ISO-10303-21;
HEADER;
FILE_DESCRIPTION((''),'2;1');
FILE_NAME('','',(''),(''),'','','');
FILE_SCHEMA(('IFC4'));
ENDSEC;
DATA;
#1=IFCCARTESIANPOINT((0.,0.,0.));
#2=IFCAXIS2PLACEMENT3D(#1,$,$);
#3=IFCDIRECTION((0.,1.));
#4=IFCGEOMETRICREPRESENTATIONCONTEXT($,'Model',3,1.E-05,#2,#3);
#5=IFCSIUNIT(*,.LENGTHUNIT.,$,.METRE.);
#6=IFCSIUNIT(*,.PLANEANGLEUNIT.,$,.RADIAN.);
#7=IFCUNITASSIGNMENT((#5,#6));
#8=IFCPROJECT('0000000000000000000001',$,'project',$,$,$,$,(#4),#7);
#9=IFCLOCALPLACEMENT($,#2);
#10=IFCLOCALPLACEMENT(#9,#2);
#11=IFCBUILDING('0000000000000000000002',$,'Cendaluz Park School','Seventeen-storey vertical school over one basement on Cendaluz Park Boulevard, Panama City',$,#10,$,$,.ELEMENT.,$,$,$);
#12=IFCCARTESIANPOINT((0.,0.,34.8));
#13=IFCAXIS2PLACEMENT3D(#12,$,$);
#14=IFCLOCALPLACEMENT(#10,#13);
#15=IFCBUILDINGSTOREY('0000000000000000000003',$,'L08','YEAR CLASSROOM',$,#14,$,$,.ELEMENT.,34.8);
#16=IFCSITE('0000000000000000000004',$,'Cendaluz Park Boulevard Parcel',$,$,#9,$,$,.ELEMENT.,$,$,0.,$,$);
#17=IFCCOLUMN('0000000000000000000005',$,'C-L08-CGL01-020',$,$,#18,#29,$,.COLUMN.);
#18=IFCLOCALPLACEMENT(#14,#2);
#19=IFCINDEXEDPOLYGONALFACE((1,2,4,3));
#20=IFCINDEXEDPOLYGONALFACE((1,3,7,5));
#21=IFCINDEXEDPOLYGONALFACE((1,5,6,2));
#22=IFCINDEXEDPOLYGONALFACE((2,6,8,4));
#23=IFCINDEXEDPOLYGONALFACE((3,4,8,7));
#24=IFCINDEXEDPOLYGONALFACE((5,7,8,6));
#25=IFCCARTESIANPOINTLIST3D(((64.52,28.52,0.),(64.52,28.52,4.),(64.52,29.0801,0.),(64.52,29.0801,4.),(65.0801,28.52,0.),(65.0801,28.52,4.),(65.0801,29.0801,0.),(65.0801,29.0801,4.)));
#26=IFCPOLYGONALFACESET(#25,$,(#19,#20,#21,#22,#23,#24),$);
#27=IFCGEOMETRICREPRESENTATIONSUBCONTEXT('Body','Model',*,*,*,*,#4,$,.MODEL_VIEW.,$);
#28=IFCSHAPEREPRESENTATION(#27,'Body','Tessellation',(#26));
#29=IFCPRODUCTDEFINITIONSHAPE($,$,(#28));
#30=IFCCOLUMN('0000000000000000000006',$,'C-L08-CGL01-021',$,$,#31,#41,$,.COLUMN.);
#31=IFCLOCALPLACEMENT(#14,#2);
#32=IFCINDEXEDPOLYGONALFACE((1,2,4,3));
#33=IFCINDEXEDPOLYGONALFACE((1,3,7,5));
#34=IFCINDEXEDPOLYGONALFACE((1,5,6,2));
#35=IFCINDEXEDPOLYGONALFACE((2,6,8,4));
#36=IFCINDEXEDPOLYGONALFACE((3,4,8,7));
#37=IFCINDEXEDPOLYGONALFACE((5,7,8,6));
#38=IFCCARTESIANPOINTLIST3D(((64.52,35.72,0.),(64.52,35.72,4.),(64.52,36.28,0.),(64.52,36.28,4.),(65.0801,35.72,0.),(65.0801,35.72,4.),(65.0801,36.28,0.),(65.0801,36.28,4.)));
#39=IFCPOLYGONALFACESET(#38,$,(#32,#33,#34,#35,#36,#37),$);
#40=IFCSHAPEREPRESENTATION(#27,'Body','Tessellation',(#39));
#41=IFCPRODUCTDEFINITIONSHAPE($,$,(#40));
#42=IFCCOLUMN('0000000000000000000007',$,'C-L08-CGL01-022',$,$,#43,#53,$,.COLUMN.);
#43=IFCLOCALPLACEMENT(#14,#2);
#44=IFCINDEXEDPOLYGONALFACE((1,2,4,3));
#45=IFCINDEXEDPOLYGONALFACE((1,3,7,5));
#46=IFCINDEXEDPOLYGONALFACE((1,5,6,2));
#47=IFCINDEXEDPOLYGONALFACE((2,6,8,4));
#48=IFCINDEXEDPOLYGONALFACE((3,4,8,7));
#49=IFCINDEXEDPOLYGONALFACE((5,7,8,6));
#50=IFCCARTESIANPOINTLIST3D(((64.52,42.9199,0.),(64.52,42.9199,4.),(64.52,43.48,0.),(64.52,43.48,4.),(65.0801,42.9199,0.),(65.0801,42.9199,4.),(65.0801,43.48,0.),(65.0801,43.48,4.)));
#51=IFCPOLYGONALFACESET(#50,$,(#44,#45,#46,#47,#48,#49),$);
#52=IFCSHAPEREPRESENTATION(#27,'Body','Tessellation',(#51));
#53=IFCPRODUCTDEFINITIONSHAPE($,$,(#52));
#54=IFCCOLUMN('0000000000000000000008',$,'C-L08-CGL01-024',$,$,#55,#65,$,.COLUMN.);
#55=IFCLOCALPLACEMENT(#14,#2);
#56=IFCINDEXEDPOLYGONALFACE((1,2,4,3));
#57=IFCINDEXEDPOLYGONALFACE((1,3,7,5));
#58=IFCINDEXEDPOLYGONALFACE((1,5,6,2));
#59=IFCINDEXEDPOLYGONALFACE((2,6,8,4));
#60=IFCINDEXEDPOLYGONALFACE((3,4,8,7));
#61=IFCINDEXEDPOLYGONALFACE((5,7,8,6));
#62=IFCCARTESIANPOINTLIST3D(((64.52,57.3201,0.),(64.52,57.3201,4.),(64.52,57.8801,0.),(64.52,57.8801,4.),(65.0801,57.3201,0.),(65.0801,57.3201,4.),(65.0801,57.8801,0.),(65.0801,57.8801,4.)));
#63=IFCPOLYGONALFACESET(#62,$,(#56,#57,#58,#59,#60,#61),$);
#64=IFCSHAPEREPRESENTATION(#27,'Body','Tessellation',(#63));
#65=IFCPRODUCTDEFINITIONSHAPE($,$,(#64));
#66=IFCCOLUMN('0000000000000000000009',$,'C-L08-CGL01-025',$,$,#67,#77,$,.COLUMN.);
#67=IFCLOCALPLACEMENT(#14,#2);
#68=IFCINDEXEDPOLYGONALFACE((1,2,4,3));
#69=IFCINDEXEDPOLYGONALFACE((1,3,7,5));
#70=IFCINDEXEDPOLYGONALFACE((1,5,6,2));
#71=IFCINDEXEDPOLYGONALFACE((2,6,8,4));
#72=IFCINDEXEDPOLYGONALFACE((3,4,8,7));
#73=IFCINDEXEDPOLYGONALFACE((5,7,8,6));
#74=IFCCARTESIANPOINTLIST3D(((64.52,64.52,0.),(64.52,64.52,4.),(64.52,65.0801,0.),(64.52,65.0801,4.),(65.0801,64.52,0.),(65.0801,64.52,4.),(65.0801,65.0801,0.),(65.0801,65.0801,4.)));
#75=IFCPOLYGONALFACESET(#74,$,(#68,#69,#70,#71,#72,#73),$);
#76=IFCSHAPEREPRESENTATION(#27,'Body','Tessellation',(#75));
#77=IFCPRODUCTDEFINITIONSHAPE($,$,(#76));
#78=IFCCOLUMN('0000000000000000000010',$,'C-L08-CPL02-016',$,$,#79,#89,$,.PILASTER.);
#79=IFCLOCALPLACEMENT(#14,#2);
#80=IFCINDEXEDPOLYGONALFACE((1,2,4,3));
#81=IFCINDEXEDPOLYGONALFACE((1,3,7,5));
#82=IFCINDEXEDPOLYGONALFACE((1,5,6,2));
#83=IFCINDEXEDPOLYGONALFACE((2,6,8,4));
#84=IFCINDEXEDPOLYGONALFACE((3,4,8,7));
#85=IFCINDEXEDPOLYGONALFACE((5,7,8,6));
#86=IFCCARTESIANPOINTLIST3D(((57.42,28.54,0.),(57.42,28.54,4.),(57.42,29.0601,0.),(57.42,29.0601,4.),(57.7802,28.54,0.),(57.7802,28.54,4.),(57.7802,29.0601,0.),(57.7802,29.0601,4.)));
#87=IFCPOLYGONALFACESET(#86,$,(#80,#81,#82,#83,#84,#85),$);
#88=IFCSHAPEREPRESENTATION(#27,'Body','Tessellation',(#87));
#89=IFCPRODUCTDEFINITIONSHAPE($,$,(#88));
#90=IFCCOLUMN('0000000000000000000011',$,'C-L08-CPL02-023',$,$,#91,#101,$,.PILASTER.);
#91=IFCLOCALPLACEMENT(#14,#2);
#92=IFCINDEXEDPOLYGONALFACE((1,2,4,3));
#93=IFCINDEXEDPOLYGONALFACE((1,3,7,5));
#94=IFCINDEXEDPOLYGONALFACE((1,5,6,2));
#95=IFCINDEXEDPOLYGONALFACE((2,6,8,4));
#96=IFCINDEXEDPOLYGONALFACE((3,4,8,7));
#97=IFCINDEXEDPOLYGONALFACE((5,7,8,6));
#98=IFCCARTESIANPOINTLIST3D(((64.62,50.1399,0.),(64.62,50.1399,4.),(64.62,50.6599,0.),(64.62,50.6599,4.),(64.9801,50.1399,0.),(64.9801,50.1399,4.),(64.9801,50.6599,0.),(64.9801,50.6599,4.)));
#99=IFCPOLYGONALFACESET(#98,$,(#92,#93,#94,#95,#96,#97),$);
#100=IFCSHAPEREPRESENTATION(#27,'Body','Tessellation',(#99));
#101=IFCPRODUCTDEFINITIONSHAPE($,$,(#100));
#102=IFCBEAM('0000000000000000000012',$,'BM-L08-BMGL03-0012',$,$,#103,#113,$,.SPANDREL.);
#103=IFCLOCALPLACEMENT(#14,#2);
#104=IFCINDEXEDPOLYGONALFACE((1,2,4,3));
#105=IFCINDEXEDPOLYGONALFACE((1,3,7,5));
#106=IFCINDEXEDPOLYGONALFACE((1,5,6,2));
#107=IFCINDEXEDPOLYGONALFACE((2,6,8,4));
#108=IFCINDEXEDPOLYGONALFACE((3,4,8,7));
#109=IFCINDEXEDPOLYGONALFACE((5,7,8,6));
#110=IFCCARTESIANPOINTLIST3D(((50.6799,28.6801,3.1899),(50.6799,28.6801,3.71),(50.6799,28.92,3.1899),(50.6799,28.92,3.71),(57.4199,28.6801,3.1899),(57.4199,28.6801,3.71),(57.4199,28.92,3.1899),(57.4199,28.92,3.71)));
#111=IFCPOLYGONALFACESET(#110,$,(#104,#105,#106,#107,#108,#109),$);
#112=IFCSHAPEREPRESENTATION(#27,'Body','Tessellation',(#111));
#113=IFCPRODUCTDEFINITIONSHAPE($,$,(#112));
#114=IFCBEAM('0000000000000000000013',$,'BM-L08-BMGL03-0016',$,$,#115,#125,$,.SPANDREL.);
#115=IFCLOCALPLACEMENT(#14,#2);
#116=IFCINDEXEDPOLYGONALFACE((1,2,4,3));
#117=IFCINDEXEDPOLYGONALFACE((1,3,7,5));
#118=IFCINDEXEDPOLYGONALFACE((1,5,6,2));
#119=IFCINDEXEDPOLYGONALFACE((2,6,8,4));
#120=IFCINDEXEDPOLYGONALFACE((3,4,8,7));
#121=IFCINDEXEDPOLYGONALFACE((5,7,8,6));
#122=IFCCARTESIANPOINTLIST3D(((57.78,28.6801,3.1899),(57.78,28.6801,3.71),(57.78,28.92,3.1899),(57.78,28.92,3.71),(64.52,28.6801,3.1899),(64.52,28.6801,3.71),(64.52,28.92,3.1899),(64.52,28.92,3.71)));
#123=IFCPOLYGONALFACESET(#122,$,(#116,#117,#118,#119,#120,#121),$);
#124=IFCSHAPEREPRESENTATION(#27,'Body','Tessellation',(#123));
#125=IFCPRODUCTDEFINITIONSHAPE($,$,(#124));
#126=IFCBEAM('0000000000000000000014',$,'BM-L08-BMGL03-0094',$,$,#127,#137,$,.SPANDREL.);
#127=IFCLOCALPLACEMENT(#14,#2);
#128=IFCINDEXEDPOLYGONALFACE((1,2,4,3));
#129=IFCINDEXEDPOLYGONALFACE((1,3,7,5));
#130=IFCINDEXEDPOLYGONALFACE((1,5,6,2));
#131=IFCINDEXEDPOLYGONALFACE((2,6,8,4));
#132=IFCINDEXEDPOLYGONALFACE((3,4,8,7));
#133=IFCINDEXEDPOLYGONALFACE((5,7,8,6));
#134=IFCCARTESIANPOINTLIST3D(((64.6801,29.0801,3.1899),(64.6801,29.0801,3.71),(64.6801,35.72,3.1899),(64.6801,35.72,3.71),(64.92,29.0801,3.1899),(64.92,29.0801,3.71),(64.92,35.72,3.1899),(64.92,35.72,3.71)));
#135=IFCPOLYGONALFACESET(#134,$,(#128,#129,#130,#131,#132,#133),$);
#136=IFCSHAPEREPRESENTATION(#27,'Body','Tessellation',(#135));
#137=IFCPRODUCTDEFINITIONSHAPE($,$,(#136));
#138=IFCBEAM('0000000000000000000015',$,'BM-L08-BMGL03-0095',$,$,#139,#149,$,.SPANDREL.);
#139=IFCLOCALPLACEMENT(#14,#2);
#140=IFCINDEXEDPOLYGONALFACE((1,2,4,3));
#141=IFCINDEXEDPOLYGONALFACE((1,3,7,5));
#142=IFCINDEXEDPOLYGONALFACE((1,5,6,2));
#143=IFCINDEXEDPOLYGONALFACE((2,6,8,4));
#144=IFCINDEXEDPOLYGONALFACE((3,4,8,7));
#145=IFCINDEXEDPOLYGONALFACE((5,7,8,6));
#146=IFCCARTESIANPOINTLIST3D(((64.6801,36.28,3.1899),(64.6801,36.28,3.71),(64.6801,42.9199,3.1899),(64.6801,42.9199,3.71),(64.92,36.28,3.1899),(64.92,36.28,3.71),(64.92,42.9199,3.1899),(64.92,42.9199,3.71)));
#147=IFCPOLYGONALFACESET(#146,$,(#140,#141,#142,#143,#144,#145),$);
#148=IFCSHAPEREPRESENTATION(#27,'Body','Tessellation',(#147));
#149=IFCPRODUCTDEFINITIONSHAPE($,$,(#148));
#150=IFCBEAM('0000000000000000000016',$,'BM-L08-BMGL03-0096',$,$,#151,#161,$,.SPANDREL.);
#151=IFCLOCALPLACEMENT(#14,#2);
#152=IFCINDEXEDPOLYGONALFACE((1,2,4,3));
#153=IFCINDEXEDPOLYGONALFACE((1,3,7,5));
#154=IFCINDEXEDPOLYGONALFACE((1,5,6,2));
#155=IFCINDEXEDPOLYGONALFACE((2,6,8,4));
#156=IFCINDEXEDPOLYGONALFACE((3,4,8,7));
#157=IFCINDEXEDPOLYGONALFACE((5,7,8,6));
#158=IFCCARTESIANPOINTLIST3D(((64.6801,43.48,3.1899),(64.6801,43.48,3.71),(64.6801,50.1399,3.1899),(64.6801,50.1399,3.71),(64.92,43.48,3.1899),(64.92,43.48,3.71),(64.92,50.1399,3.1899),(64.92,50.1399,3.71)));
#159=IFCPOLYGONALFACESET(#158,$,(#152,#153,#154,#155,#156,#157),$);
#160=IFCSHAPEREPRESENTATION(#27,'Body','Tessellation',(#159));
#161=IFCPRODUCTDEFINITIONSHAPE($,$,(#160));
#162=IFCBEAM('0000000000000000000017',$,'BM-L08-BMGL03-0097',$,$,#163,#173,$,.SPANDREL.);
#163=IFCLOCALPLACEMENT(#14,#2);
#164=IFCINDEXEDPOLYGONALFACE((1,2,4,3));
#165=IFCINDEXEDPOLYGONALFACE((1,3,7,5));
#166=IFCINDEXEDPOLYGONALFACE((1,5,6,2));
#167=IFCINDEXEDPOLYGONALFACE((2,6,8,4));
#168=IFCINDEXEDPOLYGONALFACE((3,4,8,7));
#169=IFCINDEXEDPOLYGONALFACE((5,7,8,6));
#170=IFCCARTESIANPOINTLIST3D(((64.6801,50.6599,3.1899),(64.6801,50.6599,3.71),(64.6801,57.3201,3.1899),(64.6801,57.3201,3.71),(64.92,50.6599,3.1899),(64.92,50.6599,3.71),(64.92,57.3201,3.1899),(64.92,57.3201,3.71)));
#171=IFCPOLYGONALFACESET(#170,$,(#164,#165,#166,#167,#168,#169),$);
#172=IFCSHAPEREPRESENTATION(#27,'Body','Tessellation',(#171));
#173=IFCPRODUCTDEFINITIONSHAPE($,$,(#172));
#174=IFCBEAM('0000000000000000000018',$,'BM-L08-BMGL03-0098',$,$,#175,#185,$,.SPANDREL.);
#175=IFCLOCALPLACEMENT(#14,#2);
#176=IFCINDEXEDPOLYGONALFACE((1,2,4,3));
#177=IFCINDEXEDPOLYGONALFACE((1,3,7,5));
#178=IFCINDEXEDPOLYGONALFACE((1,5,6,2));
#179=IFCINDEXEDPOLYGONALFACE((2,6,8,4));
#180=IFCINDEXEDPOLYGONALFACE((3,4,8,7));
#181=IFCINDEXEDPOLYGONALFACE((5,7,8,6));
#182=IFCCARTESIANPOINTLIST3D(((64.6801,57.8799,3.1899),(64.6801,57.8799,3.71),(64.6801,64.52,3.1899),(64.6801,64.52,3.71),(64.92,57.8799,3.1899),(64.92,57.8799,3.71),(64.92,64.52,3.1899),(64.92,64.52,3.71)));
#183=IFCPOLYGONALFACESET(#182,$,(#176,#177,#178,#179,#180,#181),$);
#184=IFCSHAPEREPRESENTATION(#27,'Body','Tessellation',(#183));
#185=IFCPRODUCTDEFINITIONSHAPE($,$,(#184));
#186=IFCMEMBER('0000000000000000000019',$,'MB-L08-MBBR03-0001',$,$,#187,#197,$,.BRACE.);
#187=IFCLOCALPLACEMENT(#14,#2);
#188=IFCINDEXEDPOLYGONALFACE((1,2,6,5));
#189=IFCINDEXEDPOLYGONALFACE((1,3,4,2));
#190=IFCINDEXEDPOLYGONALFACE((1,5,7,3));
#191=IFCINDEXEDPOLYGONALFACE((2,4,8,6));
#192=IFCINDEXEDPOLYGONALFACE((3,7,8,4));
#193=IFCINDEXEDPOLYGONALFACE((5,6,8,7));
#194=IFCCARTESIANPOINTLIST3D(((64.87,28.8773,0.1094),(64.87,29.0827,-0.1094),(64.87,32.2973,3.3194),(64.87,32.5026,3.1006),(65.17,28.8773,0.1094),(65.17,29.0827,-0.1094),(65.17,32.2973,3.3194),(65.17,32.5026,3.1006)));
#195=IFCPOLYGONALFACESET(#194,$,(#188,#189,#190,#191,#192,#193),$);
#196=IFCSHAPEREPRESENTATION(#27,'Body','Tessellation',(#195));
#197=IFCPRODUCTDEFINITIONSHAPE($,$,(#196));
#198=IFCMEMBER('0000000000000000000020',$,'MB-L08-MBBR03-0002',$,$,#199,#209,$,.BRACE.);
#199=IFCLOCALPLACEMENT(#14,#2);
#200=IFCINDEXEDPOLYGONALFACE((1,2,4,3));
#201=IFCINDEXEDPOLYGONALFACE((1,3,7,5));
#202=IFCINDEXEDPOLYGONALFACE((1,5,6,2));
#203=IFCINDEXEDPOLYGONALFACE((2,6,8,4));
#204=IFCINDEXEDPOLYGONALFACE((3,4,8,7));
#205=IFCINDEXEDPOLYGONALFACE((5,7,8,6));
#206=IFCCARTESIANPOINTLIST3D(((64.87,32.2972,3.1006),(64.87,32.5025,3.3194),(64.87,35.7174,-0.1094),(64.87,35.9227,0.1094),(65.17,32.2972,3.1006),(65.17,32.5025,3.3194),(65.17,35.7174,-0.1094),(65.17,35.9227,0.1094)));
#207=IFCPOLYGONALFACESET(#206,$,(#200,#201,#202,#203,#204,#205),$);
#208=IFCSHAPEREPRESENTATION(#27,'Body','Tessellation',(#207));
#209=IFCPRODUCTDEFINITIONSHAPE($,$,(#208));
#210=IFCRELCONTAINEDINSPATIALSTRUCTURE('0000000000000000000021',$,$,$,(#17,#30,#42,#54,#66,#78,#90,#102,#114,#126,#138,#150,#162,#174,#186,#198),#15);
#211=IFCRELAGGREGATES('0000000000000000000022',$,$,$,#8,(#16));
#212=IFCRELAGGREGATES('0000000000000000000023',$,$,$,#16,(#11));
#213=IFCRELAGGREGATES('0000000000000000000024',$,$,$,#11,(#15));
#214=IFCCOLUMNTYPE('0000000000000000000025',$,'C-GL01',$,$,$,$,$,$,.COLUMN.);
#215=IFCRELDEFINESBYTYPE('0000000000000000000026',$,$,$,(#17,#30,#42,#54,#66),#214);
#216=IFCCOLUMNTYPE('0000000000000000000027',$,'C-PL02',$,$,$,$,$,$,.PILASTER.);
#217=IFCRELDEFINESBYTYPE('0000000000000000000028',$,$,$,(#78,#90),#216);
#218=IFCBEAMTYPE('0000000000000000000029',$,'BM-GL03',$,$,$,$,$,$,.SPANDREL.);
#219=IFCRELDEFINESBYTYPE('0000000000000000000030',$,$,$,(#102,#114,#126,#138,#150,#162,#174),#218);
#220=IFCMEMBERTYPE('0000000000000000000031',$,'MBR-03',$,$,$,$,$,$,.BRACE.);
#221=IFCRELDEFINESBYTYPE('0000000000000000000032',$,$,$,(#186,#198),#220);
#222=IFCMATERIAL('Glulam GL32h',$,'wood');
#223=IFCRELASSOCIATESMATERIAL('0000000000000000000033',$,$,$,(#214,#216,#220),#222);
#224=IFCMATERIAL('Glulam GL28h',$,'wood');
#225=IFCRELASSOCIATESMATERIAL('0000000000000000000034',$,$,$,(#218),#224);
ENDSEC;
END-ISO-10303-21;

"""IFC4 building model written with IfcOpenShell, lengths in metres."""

from ifc_helpers import new_model, si_unit, direction, frame, origin, origin_2d, place, context, subcontext, project, spatial, rectangle, extrude, material, material_profile, profile_set, type_object, element, save


model = new_model("IFC4")

# Units and contexts
model_context = context("Model", 3, precision=1e-05, world=origin(), true_north=direction((0.0, 1.0)))
body_context = subcontext(model_context, "Body", "Model", "MODEL_VIEW")
ifc_project = project(units=[si_unit("LENGTHUNIT", "METRE"), si_unit("PLANEANGLEUNIT", "RADIAN")], contexts=[model_context])

# Site, building, storey
site_placement = place(None, origin())
site = spatial("IfcSite", under=ifc_project, at=site_placement, Name="Cendaluz Park Boulevard Parcel", CompositionType="ELEMENT", RefElevation=0.0)
building_placement = place(site_placement, origin())
building = spatial("IfcBuilding", under=site, at=building_placement, Name="Cendaluz Park School", Description="Seventeen-storey vertical school over one basement on Cendaluz Park Boulevard, Panama City", CompositionType="ELEMENT")
storey_placement = place(building_placement, frame((0.0, 0.0, 34.8)))
storey = spatial("IfcBuildingStorey", under=building, at=storey_placement, Name="L08", Description="YEAR CLASSROOM", CompositionType="ELEMENT", Elevation=34.8)

# Columns
ifc_material_1 = material(Name="Glulam GL32h", Category="wood")
ifc_material_profile_1 = material_profile(ifc_material_1, rectangle(XDim=0.5601, YDim=0.5601, at=origin_2d()), Name="GL32h 560x560", Category="wood")
ifc_profile_set_1 = profile_set([ifc_material_profile_1], Name="Glulam GL32h")
column_type_1 = type_object("IfcColumnType", Name="C-GL01", PredefinedType="COLUMN", material=ifc_profile_set_1)
for number, where, z_axis, x_axis, name in (
    (1, (64.8, 28.8, 0.0), (0.0, 0.0, 1.0), (1.0, 0.0, 0.0), "C-L08-CGL01-020"),
    (2, (64.8, 36.0, 0.0), (0.0, 0.0, 1.0), (1.0, 0.0, 0.0), "C-L08-CGL01-021"),
    (3, (64.8, 43.2, 0.0), (0.0, 0.0, 1.0), (1.0, 0.0, 0.0), "C-L08-CGL01-022"),
    (4, (64.8, 57.6001, 0.0), (0.0, 0.0, 1.0), (1.0, 0.0, 0.0), "C-L08-CGL01-024"),
    (5, (64.8, 64.8, 0.0), (0.0, 0.0, 1.0), (1.0, 0.0, 0.0), "C-L08-CGL01-025"),
):
    element("IfcColumn", number, at=place(storey_placement, frame(where, z_axis=z_axis, x_axis=x_axis)), inside=storey, type_object=column_type_1, Name=name, PredefinedType="COLUMN", context=body_context, shape_type="SweptSolid", body=[
        extrude(rectangle(XDim=0.5601, YDim=0.5601, at=origin_2d()), origin(), (0.0, 0.0, 1.0), 4.0),
    ])
ifc_material_profile_2 = material_profile(ifc_material_1, rectangle(XDim=0.3601, YDim=0.52, at=origin_2d()), Name="GL32h 360x520", Category="wood")
ifc_profile_set_2 = profile_set([ifc_material_profile_2], Name="Glulam GL32h")
column_type_2 = type_object("IfcColumnType", Name="C-PL02", PredefinedType="PILASTER", material=ifc_profile_set_2)
for number, where, z_axis, x_axis, name in (
    (6, (57.6001, 28.8, 0.0), (0.0, 0.0, 1.0), (1.0, 0.0, 0.0), "C-L08-CPL02-016"),
    (7, (64.8, 50.3999, 0.0), (0.0, 0.0, 1.0), (1.0, 0.0, 0.0), "C-L08-CPL02-023"),
):
    element("IfcColumn", number, at=place(storey_placement, frame(where, z_axis=z_axis, x_axis=x_axis)), inside=storey, type_object=column_type_2, Name=name, PredefinedType="PILASTER", context=body_context, shape_type="SweptSolid", body=[
        extrude(rectangle(XDim=0.3601, YDim=0.52, at=origin_2d()), origin(), (0.0, 0.0, 1.0), 4.0),
    ])

# Beams
ifc_material_2 = material(Name="Glulam GL28h", Category="wood")
ifc_material_profile_3 = material_profile(ifc_material_2, rectangle(XDim=0.24, YDim=0.52, at=origin_2d()), Name="GL28h 240x520", Category="wood")
ifc_profile_set_3 = profile_set([ifc_material_profile_3], Name="Glulam GL28h")
beam_type = type_object("IfcBeamType", Name="BM-GL03", PredefinedType="SPANDREL", material=ifc_profile_set_3)
for number, where, z_axis, x_axis, name in (
    (8, (50.6799, 28.8, 3.45), (1.0, 0.0, 0.0), (0.0, 1.0, 0.0), "BM-L08-BMGL03-0012"),
    (9, (57.78, 28.8, 3.45), (1.0, 0.0, 0.0), (0.0, 1.0, 0.0), "BM-L08-BMGL03-0016"),
):
    element("IfcBeam", number, at=place(storey_placement, frame(where, z_axis=z_axis, x_axis=x_axis)), inside=storey, type_object=beam_type, Name=name, PredefinedType="SPANDREL", context=body_context, shape_type="SweptSolid", body=[
        extrude(rectangle(XDim=0.24, YDim=0.52, at=origin_2d()), origin(), (0.0, 0.0, 1.0), 6.74),
    ])
for number, where, z_axis, x_axis, name in (
    (10, (64.8, 29.0801, 3.45), (0.0, 1.0, 0.0), (-1.0, 0.0, 0.0), "BM-L08-BMGL03-0094"),
    (11, (64.8, 36.28, 3.45), (0.0, 1.0, 0.0), (-1.0, 0.0, 0.0), "BM-L08-BMGL03-0095"),
):
    element("IfcBeam", number, at=place(storey_placement, frame(where, z_axis=z_axis, x_axis=x_axis)), inside=storey, type_object=beam_type, Name=name, PredefinedType="SPANDREL", context=body_context, shape_type="SweptSolid", body=[
        extrude(rectangle(XDim=0.24, YDim=0.52, at=origin_2d()), origin(), (0.0, 0.0, 1.0), 6.6399),
    ])
beam_1_placement = place(storey_placement, frame((64.8, 43.48, 3.45), z_axis=(0.0, 1.0, 0.0), x_axis=(-1.0, 0.0, 0.0)))
element("IfcBeam", 12, at=beam_1_placement, inside=storey, type_object=beam_type, Name="BM-L08-BMGL03-0096", PredefinedType="SPANDREL", context=body_context, shape_type="SweptSolid", body=[
    extrude(rectangle(XDim=0.24, YDim=0.52, at=origin_2d()), origin(), (0.0, 0.0, 1.0), 6.6599),
])
beam_2_placement = place(storey_placement, frame((64.8, 50.6599, 3.45), z_axis=(0.0, 1.0, 0.0), x_axis=(-1.0, 0.0, 0.0)))
element("IfcBeam", 13, at=beam_2_placement, inside=storey, type_object=beam_type, Name="BM-L08-BMGL03-0097", PredefinedType="SPANDREL", context=body_context, shape_type="SweptSolid", body=[
    extrude(rectangle(XDim=0.24, YDim=0.52, at=origin_2d()), origin(), (0.0, 0.0, 1.0), 6.6602),
])
beam_3_placement = place(storey_placement, frame((64.8, 57.8799, 3.45), z_axis=(0.0, 1.0, 0.0), x_axis=(-1.0, 0.0, 0.0)))
element("IfcBeam", 14, at=beam_3_placement, inside=storey, type_object=beam_type, Name="BM-L08-BMGL03-0098", PredefinedType="SPANDREL", context=body_context, shape_type="SweptSolid", body=[
    extrude(rectangle(XDim=0.24, YDim=0.52, at=origin_2d()), origin(), (0.0, 0.0, 1.0), 6.6401),
])

# Members
ifc_material_profile_4 = material_profile(ifc_material_1, rectangle(XDim=0.3, YDim=0.3, at=origin_2d()), Name="GL32h 300x300", Category="wood")
ifc_profile_set_4 = profile_set([ifc_material_profile_4], Name="Glulam GL32h")
member_type_1 = type_object("IfcMemberType", Name="MBR-03", PredefinedType="BRACE", material=ifc_profile_set_4)
member_1_placement = place(storey_placement, frame((65.02, 28.98, 0.0), z_axis=(0.0, 0.729135, 0.68437), x_axis=(-1.0, 0.0, 0.0)))
element("IfcMember", 15, at=member_1_placement, inside=storey, type_object=member_type_1, Name="MB-L08-MBBR03-0001", PredefinedType="BRACE", context=body_context, shape_type="SweptSolid", body=[
    extrude(rectangle(XDim=0.3, YDim=0.3, at=origin_2d()), origin(), (0.0, 0.0, 1.0), 4.6904),
])
member_2_placement = place(storey_placement, frame((65.02, 35.8201, 0.0), z_axis=(0.0, -0.729159, 0.684344), x_axis=(1.0, 0.0, 0.0)))
element("IfcMember", 16, at=member_2_placement, inside=storey, type_object=member_type_1, Name="MB-L08-MBBR03-0002", PredefinedType="BRACE", context=body_context, shape_type="SweptSolid", body=[
    extrude(rectangle(XDim=0.3, YDim=0.3, at=origin_2d()), origin(), (0.0, 0.0, 1.0), 4.6907),
])

save(model, "model.ifc")
